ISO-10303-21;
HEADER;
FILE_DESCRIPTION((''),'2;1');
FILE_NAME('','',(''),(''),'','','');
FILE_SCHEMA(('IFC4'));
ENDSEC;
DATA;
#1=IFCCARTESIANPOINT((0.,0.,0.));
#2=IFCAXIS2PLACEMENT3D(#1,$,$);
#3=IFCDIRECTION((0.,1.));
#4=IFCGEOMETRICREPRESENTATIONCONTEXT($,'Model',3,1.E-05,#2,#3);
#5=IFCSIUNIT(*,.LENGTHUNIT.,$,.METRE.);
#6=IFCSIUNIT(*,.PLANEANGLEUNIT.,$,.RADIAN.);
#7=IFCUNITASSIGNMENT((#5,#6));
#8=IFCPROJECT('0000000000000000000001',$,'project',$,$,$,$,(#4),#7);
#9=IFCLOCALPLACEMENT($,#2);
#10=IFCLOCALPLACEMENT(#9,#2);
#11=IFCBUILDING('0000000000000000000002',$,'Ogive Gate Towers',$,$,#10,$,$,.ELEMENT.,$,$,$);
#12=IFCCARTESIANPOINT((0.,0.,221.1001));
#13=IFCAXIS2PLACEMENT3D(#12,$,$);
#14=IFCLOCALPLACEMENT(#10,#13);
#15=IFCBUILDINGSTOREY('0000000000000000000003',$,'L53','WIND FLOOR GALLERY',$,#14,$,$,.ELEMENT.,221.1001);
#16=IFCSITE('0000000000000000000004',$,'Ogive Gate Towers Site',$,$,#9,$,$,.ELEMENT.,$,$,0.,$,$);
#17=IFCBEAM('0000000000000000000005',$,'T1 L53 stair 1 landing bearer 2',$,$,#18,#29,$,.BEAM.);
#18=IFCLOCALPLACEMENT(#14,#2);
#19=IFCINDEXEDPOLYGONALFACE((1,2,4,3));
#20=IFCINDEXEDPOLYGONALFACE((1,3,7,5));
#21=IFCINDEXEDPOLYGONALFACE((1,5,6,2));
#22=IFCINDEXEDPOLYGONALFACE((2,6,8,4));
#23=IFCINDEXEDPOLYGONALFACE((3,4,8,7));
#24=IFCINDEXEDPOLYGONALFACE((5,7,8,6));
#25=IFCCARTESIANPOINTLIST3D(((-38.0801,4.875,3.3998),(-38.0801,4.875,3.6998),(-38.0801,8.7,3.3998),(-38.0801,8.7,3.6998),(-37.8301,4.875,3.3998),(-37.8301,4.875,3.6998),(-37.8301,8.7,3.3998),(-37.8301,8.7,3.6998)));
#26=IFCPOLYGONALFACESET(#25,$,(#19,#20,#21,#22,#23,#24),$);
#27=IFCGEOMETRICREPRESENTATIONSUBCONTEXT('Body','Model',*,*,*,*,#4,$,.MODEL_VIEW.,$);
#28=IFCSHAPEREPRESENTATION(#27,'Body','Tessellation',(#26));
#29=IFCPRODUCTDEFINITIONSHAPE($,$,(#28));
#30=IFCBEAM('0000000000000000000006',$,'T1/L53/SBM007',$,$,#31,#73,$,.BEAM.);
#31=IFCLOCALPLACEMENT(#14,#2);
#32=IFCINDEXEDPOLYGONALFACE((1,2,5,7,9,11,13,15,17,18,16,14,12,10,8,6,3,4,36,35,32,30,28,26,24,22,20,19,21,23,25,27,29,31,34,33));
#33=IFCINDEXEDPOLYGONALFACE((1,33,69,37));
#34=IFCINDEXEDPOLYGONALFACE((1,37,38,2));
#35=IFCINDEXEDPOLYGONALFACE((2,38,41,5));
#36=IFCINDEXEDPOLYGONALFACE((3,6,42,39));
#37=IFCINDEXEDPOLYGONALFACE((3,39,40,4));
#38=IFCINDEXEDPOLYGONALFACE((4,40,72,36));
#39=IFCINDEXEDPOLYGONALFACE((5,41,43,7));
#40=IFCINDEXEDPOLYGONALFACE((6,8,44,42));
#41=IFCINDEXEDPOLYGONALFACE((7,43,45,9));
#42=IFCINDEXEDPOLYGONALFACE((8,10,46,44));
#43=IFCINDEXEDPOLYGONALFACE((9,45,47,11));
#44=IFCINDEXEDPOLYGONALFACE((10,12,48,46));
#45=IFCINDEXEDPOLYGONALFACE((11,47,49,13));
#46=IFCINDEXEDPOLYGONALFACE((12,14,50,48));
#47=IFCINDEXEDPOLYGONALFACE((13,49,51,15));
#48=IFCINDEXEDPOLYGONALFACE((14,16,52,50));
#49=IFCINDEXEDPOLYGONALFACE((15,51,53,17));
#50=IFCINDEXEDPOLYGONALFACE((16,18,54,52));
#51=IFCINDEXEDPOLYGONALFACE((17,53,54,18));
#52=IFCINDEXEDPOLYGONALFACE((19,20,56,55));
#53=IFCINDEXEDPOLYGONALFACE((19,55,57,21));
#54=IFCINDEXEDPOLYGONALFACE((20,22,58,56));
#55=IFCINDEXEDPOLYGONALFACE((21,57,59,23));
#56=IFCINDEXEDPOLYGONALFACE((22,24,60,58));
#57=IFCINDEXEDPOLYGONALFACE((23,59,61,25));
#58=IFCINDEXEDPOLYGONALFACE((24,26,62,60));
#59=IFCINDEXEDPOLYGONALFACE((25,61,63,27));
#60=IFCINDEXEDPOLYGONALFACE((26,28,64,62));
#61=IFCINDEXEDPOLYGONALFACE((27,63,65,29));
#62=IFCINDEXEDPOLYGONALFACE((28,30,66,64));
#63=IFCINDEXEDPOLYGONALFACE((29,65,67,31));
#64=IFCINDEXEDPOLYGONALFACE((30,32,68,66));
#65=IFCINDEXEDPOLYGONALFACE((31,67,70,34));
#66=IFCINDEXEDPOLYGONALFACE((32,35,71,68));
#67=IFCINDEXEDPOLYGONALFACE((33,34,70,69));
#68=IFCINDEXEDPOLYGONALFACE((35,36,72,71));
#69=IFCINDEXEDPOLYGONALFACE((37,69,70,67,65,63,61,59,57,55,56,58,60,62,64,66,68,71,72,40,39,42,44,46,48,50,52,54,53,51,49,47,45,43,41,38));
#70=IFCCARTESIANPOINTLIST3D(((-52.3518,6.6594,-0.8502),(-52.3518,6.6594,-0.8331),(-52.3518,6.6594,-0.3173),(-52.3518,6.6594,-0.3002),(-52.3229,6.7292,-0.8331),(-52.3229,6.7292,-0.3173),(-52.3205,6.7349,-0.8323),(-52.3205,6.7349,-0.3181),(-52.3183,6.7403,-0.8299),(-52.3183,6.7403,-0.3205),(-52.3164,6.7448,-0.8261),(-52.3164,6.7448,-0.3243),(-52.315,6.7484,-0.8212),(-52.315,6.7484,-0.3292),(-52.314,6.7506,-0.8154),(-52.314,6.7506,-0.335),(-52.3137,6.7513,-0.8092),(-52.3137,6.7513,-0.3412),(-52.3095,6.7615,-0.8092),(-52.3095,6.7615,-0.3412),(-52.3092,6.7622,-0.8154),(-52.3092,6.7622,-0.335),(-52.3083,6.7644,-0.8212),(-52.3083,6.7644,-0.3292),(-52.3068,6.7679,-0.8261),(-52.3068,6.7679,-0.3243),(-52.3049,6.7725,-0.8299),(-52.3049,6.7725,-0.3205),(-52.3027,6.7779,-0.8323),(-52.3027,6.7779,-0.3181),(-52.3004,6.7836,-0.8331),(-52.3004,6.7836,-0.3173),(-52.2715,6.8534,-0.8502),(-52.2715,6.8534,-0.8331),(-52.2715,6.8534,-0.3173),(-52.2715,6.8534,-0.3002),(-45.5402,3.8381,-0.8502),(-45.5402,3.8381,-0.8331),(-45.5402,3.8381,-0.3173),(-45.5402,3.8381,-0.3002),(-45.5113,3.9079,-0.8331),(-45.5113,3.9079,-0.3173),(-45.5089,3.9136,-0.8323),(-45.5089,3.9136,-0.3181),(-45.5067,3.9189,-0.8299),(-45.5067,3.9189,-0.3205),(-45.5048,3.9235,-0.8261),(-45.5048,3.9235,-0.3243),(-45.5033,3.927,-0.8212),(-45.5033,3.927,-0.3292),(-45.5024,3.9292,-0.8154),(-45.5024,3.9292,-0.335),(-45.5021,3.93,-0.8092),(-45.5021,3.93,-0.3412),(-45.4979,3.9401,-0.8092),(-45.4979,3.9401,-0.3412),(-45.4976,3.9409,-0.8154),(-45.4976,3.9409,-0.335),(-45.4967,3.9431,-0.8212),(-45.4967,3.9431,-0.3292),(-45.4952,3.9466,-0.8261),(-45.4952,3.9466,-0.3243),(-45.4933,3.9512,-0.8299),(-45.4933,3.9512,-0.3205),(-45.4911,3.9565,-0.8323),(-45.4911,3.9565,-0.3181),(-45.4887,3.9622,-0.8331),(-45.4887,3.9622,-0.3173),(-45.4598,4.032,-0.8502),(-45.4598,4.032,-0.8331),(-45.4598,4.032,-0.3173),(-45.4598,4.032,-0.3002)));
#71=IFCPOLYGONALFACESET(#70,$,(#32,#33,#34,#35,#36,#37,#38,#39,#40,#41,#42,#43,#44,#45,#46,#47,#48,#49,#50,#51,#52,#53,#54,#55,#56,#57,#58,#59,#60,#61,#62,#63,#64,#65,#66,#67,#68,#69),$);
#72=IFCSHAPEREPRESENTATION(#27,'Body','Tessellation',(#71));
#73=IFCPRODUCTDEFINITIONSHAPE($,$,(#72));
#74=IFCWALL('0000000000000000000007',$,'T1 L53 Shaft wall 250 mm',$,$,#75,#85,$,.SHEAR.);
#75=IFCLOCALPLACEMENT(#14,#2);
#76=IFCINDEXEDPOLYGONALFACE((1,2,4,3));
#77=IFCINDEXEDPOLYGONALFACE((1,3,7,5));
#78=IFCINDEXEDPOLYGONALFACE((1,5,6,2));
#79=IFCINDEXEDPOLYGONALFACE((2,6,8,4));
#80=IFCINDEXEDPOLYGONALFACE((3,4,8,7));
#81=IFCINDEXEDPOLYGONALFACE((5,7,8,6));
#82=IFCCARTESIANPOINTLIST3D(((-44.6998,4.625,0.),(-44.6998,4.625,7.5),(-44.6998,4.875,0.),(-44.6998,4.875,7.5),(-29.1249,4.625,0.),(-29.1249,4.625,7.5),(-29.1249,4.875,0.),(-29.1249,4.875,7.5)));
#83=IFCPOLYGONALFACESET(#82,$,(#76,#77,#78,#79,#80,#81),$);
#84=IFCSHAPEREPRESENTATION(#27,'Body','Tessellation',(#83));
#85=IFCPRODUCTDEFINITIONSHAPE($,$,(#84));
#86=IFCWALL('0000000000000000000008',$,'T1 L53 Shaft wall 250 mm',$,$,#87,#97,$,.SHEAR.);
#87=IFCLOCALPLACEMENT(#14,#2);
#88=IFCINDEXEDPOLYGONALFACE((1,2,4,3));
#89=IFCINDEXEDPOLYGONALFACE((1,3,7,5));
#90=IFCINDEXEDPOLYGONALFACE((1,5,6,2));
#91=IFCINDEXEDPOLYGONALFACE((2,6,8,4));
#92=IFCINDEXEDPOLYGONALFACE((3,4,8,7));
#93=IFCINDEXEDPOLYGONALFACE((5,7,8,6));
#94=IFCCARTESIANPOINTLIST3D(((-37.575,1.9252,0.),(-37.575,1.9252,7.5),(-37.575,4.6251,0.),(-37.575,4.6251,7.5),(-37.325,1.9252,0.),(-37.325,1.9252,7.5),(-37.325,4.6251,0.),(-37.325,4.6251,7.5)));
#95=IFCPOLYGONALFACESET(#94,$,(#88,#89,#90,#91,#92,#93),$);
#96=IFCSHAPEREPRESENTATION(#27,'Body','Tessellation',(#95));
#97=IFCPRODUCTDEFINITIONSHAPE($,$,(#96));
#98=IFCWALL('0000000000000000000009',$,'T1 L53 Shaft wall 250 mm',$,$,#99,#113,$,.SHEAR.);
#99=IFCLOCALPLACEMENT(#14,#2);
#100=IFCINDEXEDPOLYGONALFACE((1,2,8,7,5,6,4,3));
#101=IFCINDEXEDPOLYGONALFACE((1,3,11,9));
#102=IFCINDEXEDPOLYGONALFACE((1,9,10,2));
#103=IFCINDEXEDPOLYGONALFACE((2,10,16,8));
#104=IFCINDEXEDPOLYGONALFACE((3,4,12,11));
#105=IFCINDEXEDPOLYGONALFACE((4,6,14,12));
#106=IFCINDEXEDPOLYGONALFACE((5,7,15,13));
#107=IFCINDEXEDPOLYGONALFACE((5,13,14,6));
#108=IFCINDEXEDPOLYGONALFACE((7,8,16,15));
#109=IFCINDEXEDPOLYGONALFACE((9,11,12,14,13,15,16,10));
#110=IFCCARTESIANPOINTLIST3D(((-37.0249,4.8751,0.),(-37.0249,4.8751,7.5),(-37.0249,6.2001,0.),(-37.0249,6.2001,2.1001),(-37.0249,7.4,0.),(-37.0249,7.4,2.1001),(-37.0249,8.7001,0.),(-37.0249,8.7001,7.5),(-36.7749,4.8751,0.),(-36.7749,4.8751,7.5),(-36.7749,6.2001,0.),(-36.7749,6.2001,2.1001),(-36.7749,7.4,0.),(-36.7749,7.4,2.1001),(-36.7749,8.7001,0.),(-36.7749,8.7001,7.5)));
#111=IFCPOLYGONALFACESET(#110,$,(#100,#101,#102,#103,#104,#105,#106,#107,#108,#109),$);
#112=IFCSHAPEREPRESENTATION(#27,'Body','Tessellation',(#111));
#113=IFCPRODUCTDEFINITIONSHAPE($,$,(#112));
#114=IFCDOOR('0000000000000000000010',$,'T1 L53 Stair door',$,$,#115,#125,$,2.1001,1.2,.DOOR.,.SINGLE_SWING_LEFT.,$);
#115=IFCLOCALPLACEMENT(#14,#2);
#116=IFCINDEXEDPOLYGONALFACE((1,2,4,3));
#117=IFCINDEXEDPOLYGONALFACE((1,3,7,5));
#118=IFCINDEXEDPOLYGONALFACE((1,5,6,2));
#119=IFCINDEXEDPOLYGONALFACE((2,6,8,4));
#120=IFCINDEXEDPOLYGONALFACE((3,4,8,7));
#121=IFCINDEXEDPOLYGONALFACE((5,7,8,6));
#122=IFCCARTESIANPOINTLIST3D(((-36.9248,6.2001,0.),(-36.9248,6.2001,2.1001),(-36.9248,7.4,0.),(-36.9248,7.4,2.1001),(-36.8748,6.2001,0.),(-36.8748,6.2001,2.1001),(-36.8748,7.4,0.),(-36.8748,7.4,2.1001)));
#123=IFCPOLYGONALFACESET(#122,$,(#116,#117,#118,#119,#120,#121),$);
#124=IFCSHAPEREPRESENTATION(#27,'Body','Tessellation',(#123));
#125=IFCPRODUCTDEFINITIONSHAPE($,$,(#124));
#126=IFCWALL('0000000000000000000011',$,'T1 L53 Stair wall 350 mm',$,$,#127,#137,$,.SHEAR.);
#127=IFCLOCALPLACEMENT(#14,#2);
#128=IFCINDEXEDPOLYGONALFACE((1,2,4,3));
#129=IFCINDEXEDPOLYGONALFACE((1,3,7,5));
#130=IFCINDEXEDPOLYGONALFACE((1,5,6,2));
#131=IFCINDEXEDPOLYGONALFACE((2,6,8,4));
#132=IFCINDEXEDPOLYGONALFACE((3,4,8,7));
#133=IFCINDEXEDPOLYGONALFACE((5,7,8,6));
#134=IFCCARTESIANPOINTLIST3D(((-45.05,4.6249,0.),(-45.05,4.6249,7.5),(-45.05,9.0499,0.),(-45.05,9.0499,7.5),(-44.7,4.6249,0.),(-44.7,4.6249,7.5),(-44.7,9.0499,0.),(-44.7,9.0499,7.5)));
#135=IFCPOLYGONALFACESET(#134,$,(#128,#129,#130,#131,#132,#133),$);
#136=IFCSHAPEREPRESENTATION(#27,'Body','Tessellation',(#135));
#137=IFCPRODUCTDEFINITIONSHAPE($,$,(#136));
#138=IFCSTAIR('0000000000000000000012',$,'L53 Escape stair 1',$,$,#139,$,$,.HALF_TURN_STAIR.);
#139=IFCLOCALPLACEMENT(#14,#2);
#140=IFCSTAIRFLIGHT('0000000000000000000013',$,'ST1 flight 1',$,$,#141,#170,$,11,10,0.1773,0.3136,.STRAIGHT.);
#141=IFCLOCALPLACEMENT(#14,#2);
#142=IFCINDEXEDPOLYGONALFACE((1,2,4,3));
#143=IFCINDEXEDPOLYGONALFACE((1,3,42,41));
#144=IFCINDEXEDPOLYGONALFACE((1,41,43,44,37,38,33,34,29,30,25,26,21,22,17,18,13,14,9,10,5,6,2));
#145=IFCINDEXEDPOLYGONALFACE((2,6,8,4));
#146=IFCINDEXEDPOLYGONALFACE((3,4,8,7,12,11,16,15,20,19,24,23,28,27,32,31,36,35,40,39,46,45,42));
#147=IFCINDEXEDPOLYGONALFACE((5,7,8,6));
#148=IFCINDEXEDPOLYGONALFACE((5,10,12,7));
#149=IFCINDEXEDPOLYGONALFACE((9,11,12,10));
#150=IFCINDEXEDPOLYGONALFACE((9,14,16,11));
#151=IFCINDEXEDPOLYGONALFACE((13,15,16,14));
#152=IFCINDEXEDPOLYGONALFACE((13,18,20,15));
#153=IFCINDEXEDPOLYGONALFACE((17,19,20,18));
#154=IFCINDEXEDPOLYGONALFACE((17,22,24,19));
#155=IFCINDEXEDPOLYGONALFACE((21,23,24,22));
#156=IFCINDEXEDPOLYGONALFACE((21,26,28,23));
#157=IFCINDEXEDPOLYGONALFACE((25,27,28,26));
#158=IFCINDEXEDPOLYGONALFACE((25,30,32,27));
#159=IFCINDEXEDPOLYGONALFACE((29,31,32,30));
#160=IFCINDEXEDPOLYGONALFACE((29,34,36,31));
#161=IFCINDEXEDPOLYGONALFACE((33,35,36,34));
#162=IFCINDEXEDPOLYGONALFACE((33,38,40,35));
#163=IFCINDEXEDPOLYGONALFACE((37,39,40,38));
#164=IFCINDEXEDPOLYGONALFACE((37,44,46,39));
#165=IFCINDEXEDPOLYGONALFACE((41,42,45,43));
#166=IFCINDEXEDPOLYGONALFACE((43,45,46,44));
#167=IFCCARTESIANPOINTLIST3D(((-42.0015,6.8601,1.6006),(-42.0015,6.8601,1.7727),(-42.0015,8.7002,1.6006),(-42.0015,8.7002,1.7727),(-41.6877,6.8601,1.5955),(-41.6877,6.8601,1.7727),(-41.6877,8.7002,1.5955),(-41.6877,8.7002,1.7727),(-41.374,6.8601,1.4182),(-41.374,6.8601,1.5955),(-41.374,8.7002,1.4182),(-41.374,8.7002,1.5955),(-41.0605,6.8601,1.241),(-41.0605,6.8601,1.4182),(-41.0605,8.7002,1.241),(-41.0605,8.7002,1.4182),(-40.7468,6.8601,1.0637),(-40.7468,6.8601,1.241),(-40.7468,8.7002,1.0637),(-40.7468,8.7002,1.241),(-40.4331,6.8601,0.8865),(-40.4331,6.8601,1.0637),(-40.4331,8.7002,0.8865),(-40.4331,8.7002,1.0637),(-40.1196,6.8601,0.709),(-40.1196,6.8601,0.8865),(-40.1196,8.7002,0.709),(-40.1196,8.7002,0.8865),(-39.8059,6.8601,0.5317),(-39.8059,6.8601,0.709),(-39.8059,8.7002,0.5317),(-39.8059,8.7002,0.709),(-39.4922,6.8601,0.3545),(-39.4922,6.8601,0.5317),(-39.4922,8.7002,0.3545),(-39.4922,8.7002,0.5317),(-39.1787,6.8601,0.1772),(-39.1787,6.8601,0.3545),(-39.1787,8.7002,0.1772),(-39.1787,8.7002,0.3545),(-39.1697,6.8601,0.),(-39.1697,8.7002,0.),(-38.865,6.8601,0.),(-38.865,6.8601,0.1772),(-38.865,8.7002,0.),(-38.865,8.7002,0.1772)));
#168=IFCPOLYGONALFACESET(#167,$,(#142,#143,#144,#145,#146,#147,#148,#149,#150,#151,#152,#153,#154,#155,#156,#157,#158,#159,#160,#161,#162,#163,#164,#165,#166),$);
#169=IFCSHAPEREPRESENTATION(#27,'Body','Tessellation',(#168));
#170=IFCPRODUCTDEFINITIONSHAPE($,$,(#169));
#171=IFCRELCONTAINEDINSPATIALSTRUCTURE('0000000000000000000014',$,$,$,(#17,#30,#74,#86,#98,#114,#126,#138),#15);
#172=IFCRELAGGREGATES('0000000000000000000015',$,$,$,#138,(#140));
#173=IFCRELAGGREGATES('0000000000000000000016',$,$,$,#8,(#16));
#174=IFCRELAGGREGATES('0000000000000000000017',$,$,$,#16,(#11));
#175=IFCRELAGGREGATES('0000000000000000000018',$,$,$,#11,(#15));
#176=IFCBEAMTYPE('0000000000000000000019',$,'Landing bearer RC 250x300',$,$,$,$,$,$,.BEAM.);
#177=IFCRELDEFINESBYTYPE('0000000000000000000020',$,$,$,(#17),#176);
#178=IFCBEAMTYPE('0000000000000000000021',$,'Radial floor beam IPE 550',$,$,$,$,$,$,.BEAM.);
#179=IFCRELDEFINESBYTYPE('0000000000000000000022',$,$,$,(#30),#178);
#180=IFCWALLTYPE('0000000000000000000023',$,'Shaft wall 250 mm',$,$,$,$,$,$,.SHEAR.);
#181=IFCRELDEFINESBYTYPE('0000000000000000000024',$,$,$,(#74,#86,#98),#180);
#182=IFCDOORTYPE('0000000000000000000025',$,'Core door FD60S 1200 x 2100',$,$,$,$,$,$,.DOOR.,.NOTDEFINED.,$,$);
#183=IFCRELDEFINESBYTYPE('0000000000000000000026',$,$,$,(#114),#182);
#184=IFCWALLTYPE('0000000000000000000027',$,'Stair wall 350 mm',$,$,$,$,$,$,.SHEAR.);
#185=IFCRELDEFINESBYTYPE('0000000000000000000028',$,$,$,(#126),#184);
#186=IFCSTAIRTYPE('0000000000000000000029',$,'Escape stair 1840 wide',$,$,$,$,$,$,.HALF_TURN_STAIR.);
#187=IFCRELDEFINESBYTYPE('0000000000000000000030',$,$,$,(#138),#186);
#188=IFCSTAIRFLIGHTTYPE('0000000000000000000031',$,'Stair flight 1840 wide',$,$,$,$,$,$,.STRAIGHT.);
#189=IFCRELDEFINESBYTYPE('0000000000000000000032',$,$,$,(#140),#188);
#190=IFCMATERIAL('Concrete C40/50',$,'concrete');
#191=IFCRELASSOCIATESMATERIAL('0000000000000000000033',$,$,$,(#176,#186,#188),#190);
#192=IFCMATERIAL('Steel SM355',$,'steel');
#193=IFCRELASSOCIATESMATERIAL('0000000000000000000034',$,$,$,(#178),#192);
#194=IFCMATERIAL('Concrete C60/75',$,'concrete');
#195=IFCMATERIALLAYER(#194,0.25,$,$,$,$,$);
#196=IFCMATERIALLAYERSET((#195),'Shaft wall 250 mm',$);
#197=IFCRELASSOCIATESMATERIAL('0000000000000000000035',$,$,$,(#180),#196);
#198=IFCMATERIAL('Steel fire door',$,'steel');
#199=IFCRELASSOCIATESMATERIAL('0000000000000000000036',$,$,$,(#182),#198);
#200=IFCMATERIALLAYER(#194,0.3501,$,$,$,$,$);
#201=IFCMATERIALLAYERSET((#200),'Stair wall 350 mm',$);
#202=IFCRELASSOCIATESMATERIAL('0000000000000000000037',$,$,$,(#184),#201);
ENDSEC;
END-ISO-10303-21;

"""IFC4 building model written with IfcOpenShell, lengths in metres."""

from ifc_helpers import new_model, si_unit, direction, frame, frame_2d, origin, origin_2d, place, context, subcontext, project, spatial, polyline, rectangle, i_section, outline, extrude, material, layer, layer_set, material_profile, profile_set, type_object, element, fill, aggregate, save


model = new_model("IFC4")

# Units and contexts
model_context = context("Model", 3, precision=1e-05, world=origin(), true_north=direction((0.0, 1.0)))
body_context = subcontext(model_context, "Body", "Model", "MODEL_VIEW")
ifc_project = project(units=[si_unit("LENGTHUNIT", "METRE"), si_unit("PLANEANGLEUNIT", "RADIAN")], contexts=[model_context])

# Site, building, storey
site_placement = place(None, origin())
site = spatial("IfcSite", under=ifc_project, at=site_placement, Name="Ogive Gate Towers Site", CompositionType="ELEMENT", RefElevation=0.0)
building_placement = place(site_placement, origin())
building = spatial("IfcBuilding", under=site, at=building_placement, Name="Ogive Gate Towers", CompositionType="ELEMENT")
storey_placement = place(building_placement, frame((0.0, 0.0, 221.1001)))
storey = spatial("IfcBuildingStorey", under=building, at=storey_placement, Name="L53", Description="WIND FLOOR GALLERY", CompositionType="ELEMENT", Elevation=221.1001)

# Beams
ifc_material_1 = material(Name="Concrete C40/50", Category="concrete")
ifc_material_profile_1 = material_profile(ifc_material_1, rectangle(XDim=0.25, YDim=0.3, at=origin_2d()), Name="RC 250x300")
ifc_profile_set_1 = profile_set([ifc_material_profile_1], Name="Concrete C40/50")
beam_type_1 = type_object("IfcBeamType", Name="Landing bearer RC 250x300", PredefinedType="BEAM", material=ifc_profile_set_1)
beam_1_placement = place(storey_placement, frame((-37.9551, 8.7, 3.5498), z_axis=(0.0, -1.0, 0.0), x_axis=(1.0, 0.0, 0.0)))
element("IfcBeam", 1, at=beam_1_placement, inside=storey, type_object=beam_type_1, Name="T1 L53 stair 1 landing bearer 2", PredefinedType="BEAM", context=body_context, shape_type="SweptSolid", body=[
    extrude(rectangle(XDim=0.25, YDim=0.3, at=origin_2d()), origin(), (0.0, 0.0, 1.0), 3.825),
])
ifc_material_2 = material(Name="Steel SM355", Category="steel")
ifc_material_profile_2 = material_profile(ifc_material_2, i_section(OverallWidth=0.21, OverallDepth=0.55, WebThickness=0.011, FlangeThickness=0.0171, FilletRadius=0.0239, at=origin_2d()), Name="IPE 550")
ifc_profile_set_2 = profile_set([ifc_material_profile_2], Name="Steel SM355")
beam_type_2 = type_object("IfcBeamType", Name="Radial floor beam IPE 550", PredefinedType="BEAM", material=ifc_profile_set_2)
beam_2_placement = place(storey_placement, frame((-45.5, 3.9351, -0.5752), z_axis=(-0.923886, 0.382668, 0.0), x_axis=(-0.382668, -0.923886, 0.0)))
element("IfcBeam", 2, at=beam_2_placement, inside=storey, type_object=beam_type_2, Name="T1/L53/SBM007", PredefinedType="BEAM", context=body_context, shape_type="SweptSolid", body=[
    extrude(i_section(OverallWidth=0.21, OverallDepth=0.55, WebThickness=0.011, FlangeThickness=0.0171, FilletRadius=0.0239, at=origin_2d()), origin(), (0.0, 0.0, 1.0), 7.3728),
])

# Walls
ifc_material_3 = material(Name="Concrete C60/75", Category="concrete")
ifc_layer_1 = layer(ifc_material_3, 0.25)
ifc_layer_set_1 = layer_set([ifc_layer_1], Name="Shaft wall 250 mm")
wall_type_1 = type_object("IfcWallType", Name="Shaft wall 250 mm", PredefinedType="SHEAR", material=ifc_layer_set_1)
wall_1_placement = place(storey_placement, frame((-44.7, 4.75, 0.0), z_axis=(0.0, 0.0, 1.0), x_axis=(1.0, 0.0, 0.0)))
element("IfcWall", 3, at=wall_1_placement, inside=storey, type_object=wall_type_1, Name="T1 L53 Shaft wall 250 mm", PredefinedType="SHEAR", context=body_context, shape_type="SweptSolid", body=[
    extrude(rectangle(XDim=15.575, YDim=0.25, at=frame_2d((7.7876, 0.0))), origin(), (0.0, 0.0, 1.0), 7.5),
])
wall_2_placement = place(storey_placement, frame((-37.45, 1.925, 0.0), z_axis=(0.0, 0.0, 1.0), x_axis=(0.0, 1.0, 0.0)))
element("IfcWall", 4, at=wall_2_placement, inside=storey, type_object=wall_type_1, Name="T1 L53 Shaft wall 250 mm", PredefinedType="SHEAR", context=body_context, shape_type="SweptSolid", body=[
    extrude(rectangle(XDim=2.7, YDim=0.25, at=frame_2d((1.3501, 0.0))), origin(), (0.0, 0.0, 1.0), 7.5),
])

# Wall, opening, door
wall_3_placement = place(storey_placement, frame((-36.8999, 4.875, 0.0), z_axis=(0.0, 0.0, 1.0), x_axis=(0.0, 1.0, 0.0)))
wall_3 = element("IfcWall", 5, at=wall_3_placement, inside=storey, type_object=wall_type_1, Name="T1 L53 Shaft wall 250 mm", PredefinedType="SHEAR", context=body_context, shape_type="SweptSolid", body=[
    extrude(rectangle(XDim=3.825, YDim=0.25, at=frame_2d((1.9126, 0.0))), origin(), (0.0, 0.0, 1.0), 7.5),
])
opening_placement = place(wall_3_placement, frame((1.325, 0.0, 0.0)))
opening = element("IfcOpeningElement", 6, at=opening_placement, cuts=wall_3, PredefinedType="OPENING", context=body_context, shape_type="SweptSolid", body=[
    extrude(rectangle(XDim=1.2, YDim=2.1001, at=frame_2d((0.6001, 1.05))), frame((0.0, 0.135, 0.0), z_axis=(0.0, -1.0, 0.0), x_axis=(1.0, 0.0, 0.0)), (0.0, 0.0, 1.0), 0.27),
])
ifc_material_4 = material(Name="Steel fire door", Category="steel")
door_type = type_object("IfcDoorType", Name="Core door FD60S 1200 x 2100", OperationType="NOTDEFINED", PredefinedType="DOOR", material=ifc_material_4)
door_placement = place(opening_placement, origin())
door = element("IfcDoor", 7, at=door_placement, inside=storey, type_object=door_type, Name="T1 L53 Stair door", OperationType="SINGLE_SWING_LEFT", OverallHeight=2.1001, OverallWidth=1.2, PredefinedType="DOOR", context=body_context, shape_type="SweptSolid", body=[
    extrude(rectangle(XDim=1.2, YDim=2.1001, at=frame_2d((0.6001, 1.05))), frame((0.0, 0.0249, 0.0), z_axis=(0.0, -1.0, 0.0), x_axis=(1.0, 0.0, 0.0)), (0.0, 0.0, 1.0), 0.05),
])
fill(opening, door)

# Wall
ifc_layer_2 = layer(ifc_material_3, 0.3501)
ifc_layer_set_2 = layer_set([ifc_layer_2], Name="Stair wall 350 mm")
wall_type_2 = type_object("IfcWallType", Name="Stair wall 350 mm", PredefinedType="SHEAR", material=ifc_layer_set_2)
wall_4_placement = place(storey_placement, frame((-44.875, 4.625, 0.0), z_axis=(0.0, 0.0, 1.0), x_axis=(0.0, 1.0, 0.0)))
element("IfcWall", 8, at=wall_4_placement, inside=storey, type_object=wall_type_2, Name="T1 L53 Stair wall 350 mm", PredefinedType="SHEAR", context=body_context, shape_type="SweptSolid", body=[
    extrude(rectangle(XDim=4.425, YDim=0.3501, at=frame_2d((2.2124, 0.0))), origin(), (0.0, 0.0, 1.0), 7.5),
])

# Stair, stair flight
stair_type = type_object("IfcStairType", Name="Escape stair 1840 wide", PredefinedType="HALF_TURN_STAIR", material=ifc_material_1)
stair_placement = place(storey_placement, origin())
stair = element("IfcStair", 9, at=stair_placement, inside=storey, type_object=stair_type, Name="L53 Escape stair 1", PredefinedType="HALF_TURN_STAIR")
stair_flight_type = type_object("IfcStairFlightType", Name="Stair flight 1840 wide", PredefinedType="STRAIGHT", material=ifc_material_1)
stair_flight_1_placement = place(storey_placement, frame((-38.865, 7.78, 0.0), z_axis=(0.0, 0.0, 1.0), x_axis=(-1.0, 0.0, 0.0)))
stair_flight_1 = element("IfcStairFlight", 10, at=stair_flight_1_placement, type_object=stair_flight_type, Name="ST1 flight 1", NumberOfRisers=11, NumberOfTreads=10, PredefinedType="STRAIGHT", RiserHeight=0.1773, TreadLength=0.3136, context=body_context, shape_type="SweptSolid", body=[
    extrude(outline(polyline([(0.0, 0.0), (0.0, 0.1772), (0.3137, 0.1772), (0.3137, 0.3545), (0.6272, 0.3545), (0.6272, 0.5317), (0.9409, 0.5317), (0.9409, 0.709), (1.2546, 0.709), (1.2546, 0.8865), (1.5681, 0.8865), (1.5681, 1.0637), (1.8818, 1.0637), (1.8818, 1.241), (2.1956, 1.241), (2.1956, 1.4182), (2.509, 1.4182), (2.509, 1.5955), (2.8228, 1.5955), (2.8228, 1.7727), (3.1365, 1.7727), (3.1365, 1.95), (3.1365, 1.6006), (0.3047, 0.0), (0.0, 0.0)])), frame((0.0, 0.9199, 0.0), z_axis=(0.0, -1.0, 0.0), x_axis=(1.0, 0.0, 0.0)), (0.0, 0.0, 1.0), 1.8401),
])
aggregate(stair, [stair_flight_1])

save(model, "model.ifc")
